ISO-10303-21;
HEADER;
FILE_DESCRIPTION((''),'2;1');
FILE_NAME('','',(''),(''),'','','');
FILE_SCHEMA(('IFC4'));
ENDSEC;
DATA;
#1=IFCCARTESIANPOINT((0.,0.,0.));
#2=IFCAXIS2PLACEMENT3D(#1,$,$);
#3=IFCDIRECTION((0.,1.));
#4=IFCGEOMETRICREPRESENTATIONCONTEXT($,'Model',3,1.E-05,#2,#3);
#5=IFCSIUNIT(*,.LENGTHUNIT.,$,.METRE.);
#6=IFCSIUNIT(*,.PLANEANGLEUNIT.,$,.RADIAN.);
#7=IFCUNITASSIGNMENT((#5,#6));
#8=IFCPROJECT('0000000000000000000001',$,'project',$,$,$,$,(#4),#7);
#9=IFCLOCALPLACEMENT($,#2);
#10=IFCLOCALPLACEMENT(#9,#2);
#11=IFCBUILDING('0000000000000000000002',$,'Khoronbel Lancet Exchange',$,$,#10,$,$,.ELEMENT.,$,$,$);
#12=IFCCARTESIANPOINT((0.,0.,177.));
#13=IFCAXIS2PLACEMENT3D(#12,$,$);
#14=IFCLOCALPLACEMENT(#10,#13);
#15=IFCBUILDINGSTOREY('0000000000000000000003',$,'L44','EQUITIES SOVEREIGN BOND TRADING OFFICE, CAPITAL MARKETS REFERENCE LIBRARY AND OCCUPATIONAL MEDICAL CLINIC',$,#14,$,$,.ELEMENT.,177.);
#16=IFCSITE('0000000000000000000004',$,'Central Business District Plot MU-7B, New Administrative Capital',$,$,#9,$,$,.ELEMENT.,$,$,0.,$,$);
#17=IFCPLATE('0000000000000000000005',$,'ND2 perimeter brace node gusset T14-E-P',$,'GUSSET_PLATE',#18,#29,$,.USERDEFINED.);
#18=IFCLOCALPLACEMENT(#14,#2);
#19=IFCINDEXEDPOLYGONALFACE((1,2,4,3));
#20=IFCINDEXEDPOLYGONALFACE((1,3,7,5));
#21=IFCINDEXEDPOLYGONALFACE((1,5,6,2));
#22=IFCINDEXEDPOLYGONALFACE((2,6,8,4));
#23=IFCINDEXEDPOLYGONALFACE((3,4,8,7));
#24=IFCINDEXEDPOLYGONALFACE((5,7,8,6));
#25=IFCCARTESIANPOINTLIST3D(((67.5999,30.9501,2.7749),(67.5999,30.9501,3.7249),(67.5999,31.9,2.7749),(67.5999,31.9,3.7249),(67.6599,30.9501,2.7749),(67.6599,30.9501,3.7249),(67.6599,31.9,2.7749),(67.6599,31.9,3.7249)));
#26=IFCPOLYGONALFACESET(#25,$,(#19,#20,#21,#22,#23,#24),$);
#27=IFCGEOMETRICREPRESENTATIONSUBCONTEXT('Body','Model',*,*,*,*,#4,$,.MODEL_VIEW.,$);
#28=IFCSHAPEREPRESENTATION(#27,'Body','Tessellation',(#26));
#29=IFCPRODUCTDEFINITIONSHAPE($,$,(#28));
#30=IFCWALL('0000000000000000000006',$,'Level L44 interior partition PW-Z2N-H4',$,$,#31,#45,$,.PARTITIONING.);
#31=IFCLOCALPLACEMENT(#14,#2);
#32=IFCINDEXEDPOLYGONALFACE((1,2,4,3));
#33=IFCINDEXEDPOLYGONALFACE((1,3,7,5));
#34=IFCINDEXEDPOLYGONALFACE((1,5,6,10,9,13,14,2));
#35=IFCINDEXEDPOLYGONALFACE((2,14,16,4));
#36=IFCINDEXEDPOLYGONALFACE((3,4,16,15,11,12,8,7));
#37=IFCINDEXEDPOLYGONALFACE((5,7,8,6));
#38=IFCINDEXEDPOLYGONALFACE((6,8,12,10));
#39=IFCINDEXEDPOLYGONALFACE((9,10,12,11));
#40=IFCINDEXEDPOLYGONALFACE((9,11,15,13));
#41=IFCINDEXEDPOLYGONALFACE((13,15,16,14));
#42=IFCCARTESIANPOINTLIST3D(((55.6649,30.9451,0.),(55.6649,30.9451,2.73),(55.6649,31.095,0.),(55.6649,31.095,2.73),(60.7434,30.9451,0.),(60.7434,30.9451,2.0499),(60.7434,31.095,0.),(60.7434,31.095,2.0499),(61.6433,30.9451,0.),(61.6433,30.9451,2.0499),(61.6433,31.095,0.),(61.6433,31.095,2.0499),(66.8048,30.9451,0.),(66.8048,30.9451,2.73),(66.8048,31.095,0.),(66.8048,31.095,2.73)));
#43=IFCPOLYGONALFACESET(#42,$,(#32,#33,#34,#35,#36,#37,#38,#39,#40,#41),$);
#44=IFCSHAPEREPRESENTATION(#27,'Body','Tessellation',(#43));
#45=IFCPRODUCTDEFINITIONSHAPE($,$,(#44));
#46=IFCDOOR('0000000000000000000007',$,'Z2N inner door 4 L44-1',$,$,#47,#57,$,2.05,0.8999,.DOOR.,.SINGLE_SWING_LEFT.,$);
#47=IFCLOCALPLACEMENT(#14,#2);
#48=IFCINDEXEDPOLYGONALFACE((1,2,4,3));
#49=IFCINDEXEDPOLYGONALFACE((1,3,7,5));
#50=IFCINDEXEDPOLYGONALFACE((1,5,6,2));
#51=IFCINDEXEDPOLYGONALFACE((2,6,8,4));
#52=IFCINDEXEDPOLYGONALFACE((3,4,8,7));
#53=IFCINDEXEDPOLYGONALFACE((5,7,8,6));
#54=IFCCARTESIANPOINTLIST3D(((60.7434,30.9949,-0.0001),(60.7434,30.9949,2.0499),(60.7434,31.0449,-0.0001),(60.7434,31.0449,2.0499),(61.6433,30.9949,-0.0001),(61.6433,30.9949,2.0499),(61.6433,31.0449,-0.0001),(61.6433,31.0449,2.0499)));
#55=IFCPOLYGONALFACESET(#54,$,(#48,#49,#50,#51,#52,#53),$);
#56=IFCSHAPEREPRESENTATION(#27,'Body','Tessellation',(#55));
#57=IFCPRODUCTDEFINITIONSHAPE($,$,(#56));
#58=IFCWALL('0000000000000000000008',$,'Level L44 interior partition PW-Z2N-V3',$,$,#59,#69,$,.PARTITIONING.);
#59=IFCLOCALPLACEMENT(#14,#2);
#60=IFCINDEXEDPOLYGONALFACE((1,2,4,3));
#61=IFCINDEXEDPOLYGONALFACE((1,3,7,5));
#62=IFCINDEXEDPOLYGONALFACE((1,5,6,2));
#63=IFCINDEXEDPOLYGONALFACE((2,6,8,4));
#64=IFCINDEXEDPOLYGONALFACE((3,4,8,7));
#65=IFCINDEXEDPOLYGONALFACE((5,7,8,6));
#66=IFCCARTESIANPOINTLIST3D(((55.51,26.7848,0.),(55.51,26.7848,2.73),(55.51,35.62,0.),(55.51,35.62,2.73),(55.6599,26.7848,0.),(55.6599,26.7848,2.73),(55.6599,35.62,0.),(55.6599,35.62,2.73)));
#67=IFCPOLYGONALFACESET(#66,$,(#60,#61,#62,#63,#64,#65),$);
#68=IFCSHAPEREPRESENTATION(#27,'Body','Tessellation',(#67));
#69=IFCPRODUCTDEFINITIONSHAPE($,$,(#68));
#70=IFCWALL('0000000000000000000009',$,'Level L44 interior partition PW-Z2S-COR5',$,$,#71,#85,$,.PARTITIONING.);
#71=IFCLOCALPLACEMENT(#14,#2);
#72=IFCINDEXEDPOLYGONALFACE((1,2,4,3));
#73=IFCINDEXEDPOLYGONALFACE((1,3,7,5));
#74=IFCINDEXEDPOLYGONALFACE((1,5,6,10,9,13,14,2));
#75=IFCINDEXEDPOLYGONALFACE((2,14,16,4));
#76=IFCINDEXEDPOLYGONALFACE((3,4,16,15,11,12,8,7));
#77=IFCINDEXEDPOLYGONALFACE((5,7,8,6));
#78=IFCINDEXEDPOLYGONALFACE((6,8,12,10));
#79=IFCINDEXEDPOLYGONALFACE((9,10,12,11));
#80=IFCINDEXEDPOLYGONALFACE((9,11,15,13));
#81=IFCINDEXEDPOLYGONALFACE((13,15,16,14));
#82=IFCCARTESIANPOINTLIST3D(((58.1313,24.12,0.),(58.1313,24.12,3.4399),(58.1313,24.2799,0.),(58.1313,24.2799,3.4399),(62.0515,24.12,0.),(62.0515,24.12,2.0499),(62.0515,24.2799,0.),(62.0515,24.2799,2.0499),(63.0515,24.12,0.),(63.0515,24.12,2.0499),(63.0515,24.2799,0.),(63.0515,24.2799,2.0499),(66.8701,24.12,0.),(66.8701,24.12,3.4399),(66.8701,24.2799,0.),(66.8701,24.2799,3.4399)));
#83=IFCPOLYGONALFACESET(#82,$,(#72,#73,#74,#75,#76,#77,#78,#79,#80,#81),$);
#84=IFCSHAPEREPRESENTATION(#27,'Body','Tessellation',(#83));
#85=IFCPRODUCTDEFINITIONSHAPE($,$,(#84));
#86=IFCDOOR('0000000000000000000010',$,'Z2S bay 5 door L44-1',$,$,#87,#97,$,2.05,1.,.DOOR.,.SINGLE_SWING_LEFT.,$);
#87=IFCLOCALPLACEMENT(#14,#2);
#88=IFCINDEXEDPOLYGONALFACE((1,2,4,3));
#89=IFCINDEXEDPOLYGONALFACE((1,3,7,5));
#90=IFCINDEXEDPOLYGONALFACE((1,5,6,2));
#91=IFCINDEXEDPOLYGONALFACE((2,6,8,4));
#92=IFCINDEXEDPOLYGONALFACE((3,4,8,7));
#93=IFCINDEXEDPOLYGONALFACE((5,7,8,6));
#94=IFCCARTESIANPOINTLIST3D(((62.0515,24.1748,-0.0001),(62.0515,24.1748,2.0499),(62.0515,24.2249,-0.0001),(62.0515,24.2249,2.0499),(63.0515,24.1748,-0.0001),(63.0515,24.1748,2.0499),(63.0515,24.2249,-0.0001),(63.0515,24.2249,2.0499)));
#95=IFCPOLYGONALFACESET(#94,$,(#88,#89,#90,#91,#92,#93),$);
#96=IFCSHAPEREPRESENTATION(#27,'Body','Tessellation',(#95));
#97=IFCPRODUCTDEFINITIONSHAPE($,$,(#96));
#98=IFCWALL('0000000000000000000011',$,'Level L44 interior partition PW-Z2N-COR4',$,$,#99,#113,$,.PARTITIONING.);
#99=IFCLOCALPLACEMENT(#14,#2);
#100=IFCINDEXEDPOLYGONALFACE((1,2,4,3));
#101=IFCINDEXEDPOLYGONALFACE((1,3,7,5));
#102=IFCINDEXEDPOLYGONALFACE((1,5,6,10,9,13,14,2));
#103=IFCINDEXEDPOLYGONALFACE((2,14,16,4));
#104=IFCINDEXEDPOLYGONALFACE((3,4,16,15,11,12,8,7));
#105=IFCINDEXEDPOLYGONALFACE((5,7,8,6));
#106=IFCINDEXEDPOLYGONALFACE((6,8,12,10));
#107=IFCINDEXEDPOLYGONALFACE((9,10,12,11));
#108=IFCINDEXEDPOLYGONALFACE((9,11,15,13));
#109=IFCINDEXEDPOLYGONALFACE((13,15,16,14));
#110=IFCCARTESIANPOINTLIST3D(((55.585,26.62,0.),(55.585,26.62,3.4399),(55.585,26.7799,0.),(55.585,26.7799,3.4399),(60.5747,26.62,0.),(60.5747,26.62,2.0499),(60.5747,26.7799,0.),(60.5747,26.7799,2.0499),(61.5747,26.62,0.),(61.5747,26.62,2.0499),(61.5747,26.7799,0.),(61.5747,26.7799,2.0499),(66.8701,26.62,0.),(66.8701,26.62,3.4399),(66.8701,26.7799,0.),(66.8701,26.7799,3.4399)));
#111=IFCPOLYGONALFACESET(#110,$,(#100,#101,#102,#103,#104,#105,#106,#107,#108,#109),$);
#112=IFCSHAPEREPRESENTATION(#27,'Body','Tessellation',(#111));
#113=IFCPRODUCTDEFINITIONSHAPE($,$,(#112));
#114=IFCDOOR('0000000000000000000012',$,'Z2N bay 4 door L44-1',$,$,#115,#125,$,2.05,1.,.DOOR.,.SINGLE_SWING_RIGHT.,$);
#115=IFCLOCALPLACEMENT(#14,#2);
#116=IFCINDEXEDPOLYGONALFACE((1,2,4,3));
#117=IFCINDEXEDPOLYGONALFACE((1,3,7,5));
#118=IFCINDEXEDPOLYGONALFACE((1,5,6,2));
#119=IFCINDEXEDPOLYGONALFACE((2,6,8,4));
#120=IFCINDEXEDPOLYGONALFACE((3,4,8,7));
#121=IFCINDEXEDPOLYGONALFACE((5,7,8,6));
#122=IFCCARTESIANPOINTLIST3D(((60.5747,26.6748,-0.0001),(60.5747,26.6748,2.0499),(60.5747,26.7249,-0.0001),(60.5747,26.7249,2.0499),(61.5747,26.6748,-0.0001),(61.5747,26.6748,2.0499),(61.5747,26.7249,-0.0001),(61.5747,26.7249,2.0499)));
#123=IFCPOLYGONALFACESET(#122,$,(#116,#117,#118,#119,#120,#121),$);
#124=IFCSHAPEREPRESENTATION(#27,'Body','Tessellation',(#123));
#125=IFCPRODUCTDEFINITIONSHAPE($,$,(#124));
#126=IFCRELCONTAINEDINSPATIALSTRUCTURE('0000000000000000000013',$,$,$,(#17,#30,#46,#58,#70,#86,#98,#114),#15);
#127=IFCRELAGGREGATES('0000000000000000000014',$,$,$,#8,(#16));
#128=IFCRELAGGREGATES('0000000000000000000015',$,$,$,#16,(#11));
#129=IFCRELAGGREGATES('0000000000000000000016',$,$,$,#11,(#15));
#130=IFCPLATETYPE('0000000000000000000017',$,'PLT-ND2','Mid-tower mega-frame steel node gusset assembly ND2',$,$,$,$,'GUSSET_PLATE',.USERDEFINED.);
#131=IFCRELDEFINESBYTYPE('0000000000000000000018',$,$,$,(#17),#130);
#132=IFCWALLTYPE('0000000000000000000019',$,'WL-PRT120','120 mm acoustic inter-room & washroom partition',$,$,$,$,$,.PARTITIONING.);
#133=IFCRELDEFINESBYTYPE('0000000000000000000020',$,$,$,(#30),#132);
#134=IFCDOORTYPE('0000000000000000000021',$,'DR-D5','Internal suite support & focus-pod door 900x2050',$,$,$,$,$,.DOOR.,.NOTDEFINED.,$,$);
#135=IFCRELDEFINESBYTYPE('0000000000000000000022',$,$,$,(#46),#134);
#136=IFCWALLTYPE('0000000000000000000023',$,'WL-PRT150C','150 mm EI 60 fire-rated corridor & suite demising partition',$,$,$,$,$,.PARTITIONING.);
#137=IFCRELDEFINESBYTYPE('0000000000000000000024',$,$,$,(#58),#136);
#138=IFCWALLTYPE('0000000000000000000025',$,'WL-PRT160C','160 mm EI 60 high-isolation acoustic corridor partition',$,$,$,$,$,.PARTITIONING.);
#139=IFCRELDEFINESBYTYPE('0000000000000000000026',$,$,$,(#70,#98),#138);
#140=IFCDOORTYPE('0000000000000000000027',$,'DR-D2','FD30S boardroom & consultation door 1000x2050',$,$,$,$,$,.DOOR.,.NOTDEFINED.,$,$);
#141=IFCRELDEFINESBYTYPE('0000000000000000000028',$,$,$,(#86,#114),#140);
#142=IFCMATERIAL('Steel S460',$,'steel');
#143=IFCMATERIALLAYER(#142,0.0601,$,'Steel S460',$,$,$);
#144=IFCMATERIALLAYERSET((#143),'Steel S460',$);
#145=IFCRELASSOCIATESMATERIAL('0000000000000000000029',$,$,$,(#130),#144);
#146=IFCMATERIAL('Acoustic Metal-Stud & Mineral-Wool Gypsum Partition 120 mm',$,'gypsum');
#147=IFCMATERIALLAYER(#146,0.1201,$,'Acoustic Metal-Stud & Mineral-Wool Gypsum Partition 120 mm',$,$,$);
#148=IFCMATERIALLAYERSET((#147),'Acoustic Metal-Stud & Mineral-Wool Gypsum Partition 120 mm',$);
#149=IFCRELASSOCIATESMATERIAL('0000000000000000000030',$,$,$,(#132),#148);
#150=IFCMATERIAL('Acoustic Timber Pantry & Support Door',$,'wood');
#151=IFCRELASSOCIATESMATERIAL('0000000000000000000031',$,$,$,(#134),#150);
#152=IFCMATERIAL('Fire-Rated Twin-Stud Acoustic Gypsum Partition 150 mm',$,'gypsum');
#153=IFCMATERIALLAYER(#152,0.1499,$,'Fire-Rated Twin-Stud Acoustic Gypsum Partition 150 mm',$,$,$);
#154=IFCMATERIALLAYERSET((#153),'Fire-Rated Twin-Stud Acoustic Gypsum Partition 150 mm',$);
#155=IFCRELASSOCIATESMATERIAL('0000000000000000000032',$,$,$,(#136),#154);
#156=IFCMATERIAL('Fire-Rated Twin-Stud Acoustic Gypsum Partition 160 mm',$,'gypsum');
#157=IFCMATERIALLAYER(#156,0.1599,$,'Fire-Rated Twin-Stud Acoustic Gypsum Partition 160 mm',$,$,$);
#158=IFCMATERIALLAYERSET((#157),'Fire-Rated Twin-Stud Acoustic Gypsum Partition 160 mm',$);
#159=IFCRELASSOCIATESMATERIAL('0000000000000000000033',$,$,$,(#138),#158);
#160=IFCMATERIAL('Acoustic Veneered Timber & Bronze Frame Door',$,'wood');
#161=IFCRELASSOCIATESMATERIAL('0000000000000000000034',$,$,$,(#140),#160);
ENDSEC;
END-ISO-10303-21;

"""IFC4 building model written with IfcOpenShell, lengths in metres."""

from ifc_helpers import new_model, si_unit, direction, frame, frame_2d, origin, origin_2d, place, context, subcontext, project, spatial, rectangle, extrude, material, layer, layer_set, type_object, element, fill, save


model = new_model("IFC4")

# Units and contexts
model_context = context("Model", 3, precision=1e-05, world=origin(), true_north=direction((0.0, 1.0)))
body_context = subcontext(model_context, "Body", "Model", "MODEL_VIEW")
ifc_project = project(units=[si_unit("LENGTHUNIT", "METRE"), si_unit("PLANEANGLEUNIT", "RADIAN")], contexts=[model_context])

# Site, building, storey
site_placement = place(None, origin())
site = spatial("IfcSite", under=ifc_project, at=site_placement, Name="Central Business District Plot MU-7B, New Administrative Capital", CompositionType="ELEMENT", RefElevation=0.0)
building_placement = place(site_placement, origin())
building = spatial("IfcBuilding", under=site, at=building_placement, Name="Khoronbel Lancet Exchange", CompositionType="ELEMENT")
storey_placement = place(building_placement, frame((0.0, 0.0, 177.0)))
storey = spatial("IfcBuildingStorey", under=building, at=storey_placement, Name="L44", Description="EQUITIES SOVEREIGN BOND TRADING OFFICE, CAPITAL MARKETS REFERENCE LIBRARY AND OCCUPATIONAL MEDICAL CLINIC", CompositionType="ELEMENT", Elevation=177.0)

# Plate
ifc_material_1 = material(Name="Steel S460", Category="steel")
ifc_layer_1 = layer(ifc_material_1, 0.0601, Name="Steel S460")
ifc_layer_set_1 = layer_set([ifc_layer_1], Name="Steel S460")
plate_type_1 = type_object("IfcPlateType", Name="PLT-ND2", Description="Mid-tower mega-frame steel node gusset assembly ND2", ElementType="GUSSET_PLATE", PredefinedType="USERDEFINED", material=ifc_layer_set_1)
plate_1_placement = place(storey_placement, frame((67.6299, 31.425, 2.7749), z_axis=(0.0, 0.0, 1.0), x_axis=(0.0, 1.0, 0.0)))
element("IfcPlate", 1, at=plate_1_placement, inside=storey, type_object=plate_type_1, Name="ND2 perimeter brace node gusset T14-E-P", ObjectType="GUSSET_PLATE", PredefinedType="USERDEFINED", context=body_context, shape_type="SweptSolid", body=[
    extrude(rectangle(XDim=0.95, YDim=0.0601, at=origin_2d()), origin(), (0.0, 0.0, 1.0), 0.95),
])

# Wall, opening, door
ifc_material_2 = material(Name="Acoustic Metal-Stud & Mineral-Wool Gypsum Partition 120 mm", Category="gypsum")
ifc_layer_2 = layer(ifc_material_2, 0.1201, Name="Acoustic Metal-Stud & Mineral-Wool Gypsum Partition 120 mm")
ifc_layer_set_2 = layer_set([ifc_layer_2], Name="Acoustic Metal-Stud & Mineral-Wool Gypsum Partition 120 mm")
wall_type_1 = type_object("IfcWallType", Name="WL-PRT120", Description="120 mm acoustic inter-room & washroom partition", PredefinedType="PARTITIONING", material=ifc_layer_set_2)
wall_1_placement = place(storey_placement, frame((55.665, 31.02, 0.0), z_axis=(0.0, 0.0, 1.0), x_axis=(1.0, 0.0, 0.0)))
wall_1 = element("IfcWall", 2, at=wall_1_placement, inside=storey, type_object=wall_type_1, Name="Level L44 interior partition PW-Z2N-H4", PredefinedType="PARTITIONING", context=body_context, shape_type="SweptSolid", body=[
    extrude(rectangle(XDim=11.1399, YDim=0.1499, at=frame_2d((5.5698, 0.0))), origin(), (0.0, 0.0, 1.0), 2.73),
])
opening_1_placement = place(wall_1_placement, frame((5.0784, 0.0, 0.0)))
opening_1 = element("IfcOpeningElement", 3, at=opening_1_placement, cuts=wall_1, PredefinedType="OPENING", context=body_context, shape_type="SweptSolid", body=[
    extrude(rectangle(XDim=0.8999, YDim=2.05, at=frame_2d((0.45, 1.0249))), frame((0.0, 0.085, 0.0), z_axis=(0.0, -1.0, 0.0), x_axis=(1.0, 0.0, 0.0)), (0.0, 0.0, 1.0), 0.1699),
])
ifc_material_3 = material(Name="Acoustic Timber Pantry & Support Door", Category="wood")
door_type_1 = type_object("IfcDoorType", Name="DR-D5", Description="Internal suite support & focus-pod door 900x2050", OperationType="NOTDEFINED", PredefinedType="DOOR", material=ifc_material_3)
door_1_placement = place(opening_1_placement, origin())
door_1 = element("IfcDoor", 4, at=door_1_placement, inside=storey, type_object=door_type_1, Name="Z2N inner door 4 L44-1", OperationType="SINGLE_SWING_LEFT", OverallHeight=2.05, OverallWidth=0.8999, PredefinedType="DOOR", context=body_context, shape_type="SweptSolid", body=[
    extrude(rectangle(XDim=0.8999, YDim=2.05, at=frame_2d((0.45, 1.0249))), frame((0.0, 0.0249, 0.0), z_axis=(0.0, -1.0, 0.0), x_axis=(1.0, 0.0, 0.0)), (0.0, 0.0, 1.0), 0.05),
])
fill(opening_1, door_1)

# Wall
ifc_material_4 = material(Name="Fire-Rated Twin-Stud Acoustic Gypsum Partition 150 mm", Category="gypsum")
ifc_layer_3 = layer(ifc_material_4, 0.1499, Name="Fire-Rated Twin-Stud Acoustic Gypsum Partition 150 mm")
ifc_layer_set_3 = layer_set([ifc_layer_3], Name="Fire-Rated Twin-Stud Acoustic Gypsum Partition 150 mm")
wall_type_2 = type_object("IfcWallType", Name="WL-PRT150C", Description="150 mm EI 60 fire-rated corridor & suite demising partition", PredefinedType="PARTITIONING", material=ifc_layer_set_3)
wall_2_placement = place(storey_placement, frame((55.585, 26.7849, 0.0), z_axis=(0.0, 0.0, 1.0), x_axis=(0.0, 1.0, 0.0)))
element("IfcWall", 5, at=wall_2_placement, inside=storey, type_object=wall_type_2, Name="Level L44 interior partition PW-Z2N-V3", PredefinedType="PARTITIONING", context=body_context, shape_type="SweptSolid", body=[
    extrude(rectangle(XDim=8.8352, YDim=0.1499, at=frame_2d((4.4175, 0.0))), origin(), (0.0, 0.0, 1.0), 2.73),
])

# Walls, openings, doors
ifc_material_5 = material(Name="Fire-Rated Twin-Stud Acoustic Gypsum Partition 160 mm", Category="gypsum")
ifc_layer_4 = layer(ifc_material_5, 0.1599, Name="Fire-Rated Twin-Stud Acoustic Gypsum Partition 160 mm")
ifc_layer_set_4 = layer_set([ifc_layer_4], Name="Fire-Rated Twin-Stud Acoustic Gypsum Partition 160 mm")
wall_type_3 = type_object("IfcWallType", Name="WL-PRT160C", Description="160 mm EI 60 high-isolation acoustic corridor partition", PredefinedType="PARTITIONING", material=ifc_layer_set_4)
wall_3_placement = place(storey_placement, frame((58.1313, 24.2, 0.0), z_axis=(0.0, 0.0, 1.0), x_axis=(1.0, 0.0, 0.0)))
wall_3 = element("IfcWall", 6, at=wall_3_placement, inside=storey, type_object=wall_type_3, Name="Level L44 interior partition PW-Z2S-COR5", PredefinedType="PARTITIONING", context=body_context, shape_type="SweptSolid", body=[
    extrude(rectangle(XDim=8.7388, YDim=0.1599, at=frame_2d((4.3694, 0.0))), origin(), (0.0, 0.0, 1.0), 3.4399),
])
opening_2_placement = place(wall_3_placement, frame((3.9202, 0.0, 0.0)))
opening_2 = element("IfcOpeningElement", 7, at=opening_2_placement, cuts=wall_3, PredefinedType="OPENING", context=body_context, shape_type="SweptSolid", body=[
    extrude(rectangle(XDim=1.0, YDim=2.05, at=frame_2d((0.5, 1.0249))), frame((0.0, 0.0898, 0.0), z_axis=(0.0, -1.0, 0.0), x_axis=(1.0, 0.0, 0.0)), (0.0, 0.0, 1.0), 0.1799),
])
ifc_material_6 = material(Name="Acoustic Veneered Timber & Bronze Frame Door", Category="wood")
door_type_2 = type_object("IfcDoorType", Name="DR-D2", Description="FD30S boardroom & consultation door 1000x2050", OperationType="NOTDEFINED", PredefinedType="DOOR", material=ifc_material_6)
door_2_placement = place(opening_2_placement, origin())
door_2 = element("IfcDoor", 8, at=door_2_placement, inside=storey, type_object=door_type_2, Name="Z2S bay 5 door L44-1", OperationType="SINGLE_SWING_LEFT", OverallHeight=2.05, OverallWidth=1.0, PredefinedType="DOOR", context=body_context, shape_type="SweptSolid", body=[
    extrude(rectangle(XDim=1.0, YDim=2.05, at=frame_2d((0.5, 1.0249))), frame((0.0, 0.0249, 0.0), z_axis=(0.0, -1.0, 0.0), x_axis=(1.0, 0.0, 0.0)), (0.0, 0.0, 1.0), 0.05),
])
fill(opening_2, door_2)
wall_4_placement = place(storey_placement, frame((55.585, 26.7, 0.0), z_axis=(0.0, 0.0, 1.0), x_axis=(1.0, 0.0, 0.0)))
wall_4 = element("IfcWall", 9, at=wall_4_placement, inside=storey, type_object=wall_type_3, Name="Level L44 interior partition PW-Z2N-COR4", PredefinedType="PARTITIONING", context=body_context, shape_type="SweptSolid", body=[
    extrude(rectangle(XDim=11.2852, YDim=0.1599, at=frame_2d((5.6426, 0.0))), origin(), (0.0, 0.0, 1.0), 3.4399),
])
opening_3_placement = place(wall_4_placement, frame((4.9897, 0.0, 0.0)))
opening_3 = element("IfcOpeningElement", 10, at=opening_3_placement, cuts=wall_4, PredefinedType="OPENING", context=body_context, shape_type="SweptSolid", body=[
    extrude(rectangle(XDim=1.0, YDim=2.05, at=frame_2d((0.5, 1.0249))), frame((0.0, 0.0898, 0.0), z_axis=(0.0, -1.0, 0.0), x_axis=(1.0, 0.0, 0.0)), (0.0, 0.0, 1.0), 0.1799),
])
door_3_placement = place(opening_3_placement, origin())
door_3 = element("IfcDoor", 11, at=door_3_placement, inside=storey, type_object=door_type_2, Name="Z2N bay 4 door L44-1", OperationType="SINGLE_SWING_RIGHT", OverallHeight=2.05, OverallWidth=1.0, PredefinedType="DOOR", context=body_context, shape_type="SweptSolid", body=[
    extrude(rectangle(XDim=1.0, YDim=2.05, at=frame_2d((0.5, 1.0249))), frame((0.0, 0.0249, 0.0), z_axis=(0.0, -1.0, 0.0), x_axis=(1.0, 0.0, 0.0)), (0.0, 0.0, 1.0), 0.05),
])
fill(opening_3, door_3)

save(model, "model.ifc")
